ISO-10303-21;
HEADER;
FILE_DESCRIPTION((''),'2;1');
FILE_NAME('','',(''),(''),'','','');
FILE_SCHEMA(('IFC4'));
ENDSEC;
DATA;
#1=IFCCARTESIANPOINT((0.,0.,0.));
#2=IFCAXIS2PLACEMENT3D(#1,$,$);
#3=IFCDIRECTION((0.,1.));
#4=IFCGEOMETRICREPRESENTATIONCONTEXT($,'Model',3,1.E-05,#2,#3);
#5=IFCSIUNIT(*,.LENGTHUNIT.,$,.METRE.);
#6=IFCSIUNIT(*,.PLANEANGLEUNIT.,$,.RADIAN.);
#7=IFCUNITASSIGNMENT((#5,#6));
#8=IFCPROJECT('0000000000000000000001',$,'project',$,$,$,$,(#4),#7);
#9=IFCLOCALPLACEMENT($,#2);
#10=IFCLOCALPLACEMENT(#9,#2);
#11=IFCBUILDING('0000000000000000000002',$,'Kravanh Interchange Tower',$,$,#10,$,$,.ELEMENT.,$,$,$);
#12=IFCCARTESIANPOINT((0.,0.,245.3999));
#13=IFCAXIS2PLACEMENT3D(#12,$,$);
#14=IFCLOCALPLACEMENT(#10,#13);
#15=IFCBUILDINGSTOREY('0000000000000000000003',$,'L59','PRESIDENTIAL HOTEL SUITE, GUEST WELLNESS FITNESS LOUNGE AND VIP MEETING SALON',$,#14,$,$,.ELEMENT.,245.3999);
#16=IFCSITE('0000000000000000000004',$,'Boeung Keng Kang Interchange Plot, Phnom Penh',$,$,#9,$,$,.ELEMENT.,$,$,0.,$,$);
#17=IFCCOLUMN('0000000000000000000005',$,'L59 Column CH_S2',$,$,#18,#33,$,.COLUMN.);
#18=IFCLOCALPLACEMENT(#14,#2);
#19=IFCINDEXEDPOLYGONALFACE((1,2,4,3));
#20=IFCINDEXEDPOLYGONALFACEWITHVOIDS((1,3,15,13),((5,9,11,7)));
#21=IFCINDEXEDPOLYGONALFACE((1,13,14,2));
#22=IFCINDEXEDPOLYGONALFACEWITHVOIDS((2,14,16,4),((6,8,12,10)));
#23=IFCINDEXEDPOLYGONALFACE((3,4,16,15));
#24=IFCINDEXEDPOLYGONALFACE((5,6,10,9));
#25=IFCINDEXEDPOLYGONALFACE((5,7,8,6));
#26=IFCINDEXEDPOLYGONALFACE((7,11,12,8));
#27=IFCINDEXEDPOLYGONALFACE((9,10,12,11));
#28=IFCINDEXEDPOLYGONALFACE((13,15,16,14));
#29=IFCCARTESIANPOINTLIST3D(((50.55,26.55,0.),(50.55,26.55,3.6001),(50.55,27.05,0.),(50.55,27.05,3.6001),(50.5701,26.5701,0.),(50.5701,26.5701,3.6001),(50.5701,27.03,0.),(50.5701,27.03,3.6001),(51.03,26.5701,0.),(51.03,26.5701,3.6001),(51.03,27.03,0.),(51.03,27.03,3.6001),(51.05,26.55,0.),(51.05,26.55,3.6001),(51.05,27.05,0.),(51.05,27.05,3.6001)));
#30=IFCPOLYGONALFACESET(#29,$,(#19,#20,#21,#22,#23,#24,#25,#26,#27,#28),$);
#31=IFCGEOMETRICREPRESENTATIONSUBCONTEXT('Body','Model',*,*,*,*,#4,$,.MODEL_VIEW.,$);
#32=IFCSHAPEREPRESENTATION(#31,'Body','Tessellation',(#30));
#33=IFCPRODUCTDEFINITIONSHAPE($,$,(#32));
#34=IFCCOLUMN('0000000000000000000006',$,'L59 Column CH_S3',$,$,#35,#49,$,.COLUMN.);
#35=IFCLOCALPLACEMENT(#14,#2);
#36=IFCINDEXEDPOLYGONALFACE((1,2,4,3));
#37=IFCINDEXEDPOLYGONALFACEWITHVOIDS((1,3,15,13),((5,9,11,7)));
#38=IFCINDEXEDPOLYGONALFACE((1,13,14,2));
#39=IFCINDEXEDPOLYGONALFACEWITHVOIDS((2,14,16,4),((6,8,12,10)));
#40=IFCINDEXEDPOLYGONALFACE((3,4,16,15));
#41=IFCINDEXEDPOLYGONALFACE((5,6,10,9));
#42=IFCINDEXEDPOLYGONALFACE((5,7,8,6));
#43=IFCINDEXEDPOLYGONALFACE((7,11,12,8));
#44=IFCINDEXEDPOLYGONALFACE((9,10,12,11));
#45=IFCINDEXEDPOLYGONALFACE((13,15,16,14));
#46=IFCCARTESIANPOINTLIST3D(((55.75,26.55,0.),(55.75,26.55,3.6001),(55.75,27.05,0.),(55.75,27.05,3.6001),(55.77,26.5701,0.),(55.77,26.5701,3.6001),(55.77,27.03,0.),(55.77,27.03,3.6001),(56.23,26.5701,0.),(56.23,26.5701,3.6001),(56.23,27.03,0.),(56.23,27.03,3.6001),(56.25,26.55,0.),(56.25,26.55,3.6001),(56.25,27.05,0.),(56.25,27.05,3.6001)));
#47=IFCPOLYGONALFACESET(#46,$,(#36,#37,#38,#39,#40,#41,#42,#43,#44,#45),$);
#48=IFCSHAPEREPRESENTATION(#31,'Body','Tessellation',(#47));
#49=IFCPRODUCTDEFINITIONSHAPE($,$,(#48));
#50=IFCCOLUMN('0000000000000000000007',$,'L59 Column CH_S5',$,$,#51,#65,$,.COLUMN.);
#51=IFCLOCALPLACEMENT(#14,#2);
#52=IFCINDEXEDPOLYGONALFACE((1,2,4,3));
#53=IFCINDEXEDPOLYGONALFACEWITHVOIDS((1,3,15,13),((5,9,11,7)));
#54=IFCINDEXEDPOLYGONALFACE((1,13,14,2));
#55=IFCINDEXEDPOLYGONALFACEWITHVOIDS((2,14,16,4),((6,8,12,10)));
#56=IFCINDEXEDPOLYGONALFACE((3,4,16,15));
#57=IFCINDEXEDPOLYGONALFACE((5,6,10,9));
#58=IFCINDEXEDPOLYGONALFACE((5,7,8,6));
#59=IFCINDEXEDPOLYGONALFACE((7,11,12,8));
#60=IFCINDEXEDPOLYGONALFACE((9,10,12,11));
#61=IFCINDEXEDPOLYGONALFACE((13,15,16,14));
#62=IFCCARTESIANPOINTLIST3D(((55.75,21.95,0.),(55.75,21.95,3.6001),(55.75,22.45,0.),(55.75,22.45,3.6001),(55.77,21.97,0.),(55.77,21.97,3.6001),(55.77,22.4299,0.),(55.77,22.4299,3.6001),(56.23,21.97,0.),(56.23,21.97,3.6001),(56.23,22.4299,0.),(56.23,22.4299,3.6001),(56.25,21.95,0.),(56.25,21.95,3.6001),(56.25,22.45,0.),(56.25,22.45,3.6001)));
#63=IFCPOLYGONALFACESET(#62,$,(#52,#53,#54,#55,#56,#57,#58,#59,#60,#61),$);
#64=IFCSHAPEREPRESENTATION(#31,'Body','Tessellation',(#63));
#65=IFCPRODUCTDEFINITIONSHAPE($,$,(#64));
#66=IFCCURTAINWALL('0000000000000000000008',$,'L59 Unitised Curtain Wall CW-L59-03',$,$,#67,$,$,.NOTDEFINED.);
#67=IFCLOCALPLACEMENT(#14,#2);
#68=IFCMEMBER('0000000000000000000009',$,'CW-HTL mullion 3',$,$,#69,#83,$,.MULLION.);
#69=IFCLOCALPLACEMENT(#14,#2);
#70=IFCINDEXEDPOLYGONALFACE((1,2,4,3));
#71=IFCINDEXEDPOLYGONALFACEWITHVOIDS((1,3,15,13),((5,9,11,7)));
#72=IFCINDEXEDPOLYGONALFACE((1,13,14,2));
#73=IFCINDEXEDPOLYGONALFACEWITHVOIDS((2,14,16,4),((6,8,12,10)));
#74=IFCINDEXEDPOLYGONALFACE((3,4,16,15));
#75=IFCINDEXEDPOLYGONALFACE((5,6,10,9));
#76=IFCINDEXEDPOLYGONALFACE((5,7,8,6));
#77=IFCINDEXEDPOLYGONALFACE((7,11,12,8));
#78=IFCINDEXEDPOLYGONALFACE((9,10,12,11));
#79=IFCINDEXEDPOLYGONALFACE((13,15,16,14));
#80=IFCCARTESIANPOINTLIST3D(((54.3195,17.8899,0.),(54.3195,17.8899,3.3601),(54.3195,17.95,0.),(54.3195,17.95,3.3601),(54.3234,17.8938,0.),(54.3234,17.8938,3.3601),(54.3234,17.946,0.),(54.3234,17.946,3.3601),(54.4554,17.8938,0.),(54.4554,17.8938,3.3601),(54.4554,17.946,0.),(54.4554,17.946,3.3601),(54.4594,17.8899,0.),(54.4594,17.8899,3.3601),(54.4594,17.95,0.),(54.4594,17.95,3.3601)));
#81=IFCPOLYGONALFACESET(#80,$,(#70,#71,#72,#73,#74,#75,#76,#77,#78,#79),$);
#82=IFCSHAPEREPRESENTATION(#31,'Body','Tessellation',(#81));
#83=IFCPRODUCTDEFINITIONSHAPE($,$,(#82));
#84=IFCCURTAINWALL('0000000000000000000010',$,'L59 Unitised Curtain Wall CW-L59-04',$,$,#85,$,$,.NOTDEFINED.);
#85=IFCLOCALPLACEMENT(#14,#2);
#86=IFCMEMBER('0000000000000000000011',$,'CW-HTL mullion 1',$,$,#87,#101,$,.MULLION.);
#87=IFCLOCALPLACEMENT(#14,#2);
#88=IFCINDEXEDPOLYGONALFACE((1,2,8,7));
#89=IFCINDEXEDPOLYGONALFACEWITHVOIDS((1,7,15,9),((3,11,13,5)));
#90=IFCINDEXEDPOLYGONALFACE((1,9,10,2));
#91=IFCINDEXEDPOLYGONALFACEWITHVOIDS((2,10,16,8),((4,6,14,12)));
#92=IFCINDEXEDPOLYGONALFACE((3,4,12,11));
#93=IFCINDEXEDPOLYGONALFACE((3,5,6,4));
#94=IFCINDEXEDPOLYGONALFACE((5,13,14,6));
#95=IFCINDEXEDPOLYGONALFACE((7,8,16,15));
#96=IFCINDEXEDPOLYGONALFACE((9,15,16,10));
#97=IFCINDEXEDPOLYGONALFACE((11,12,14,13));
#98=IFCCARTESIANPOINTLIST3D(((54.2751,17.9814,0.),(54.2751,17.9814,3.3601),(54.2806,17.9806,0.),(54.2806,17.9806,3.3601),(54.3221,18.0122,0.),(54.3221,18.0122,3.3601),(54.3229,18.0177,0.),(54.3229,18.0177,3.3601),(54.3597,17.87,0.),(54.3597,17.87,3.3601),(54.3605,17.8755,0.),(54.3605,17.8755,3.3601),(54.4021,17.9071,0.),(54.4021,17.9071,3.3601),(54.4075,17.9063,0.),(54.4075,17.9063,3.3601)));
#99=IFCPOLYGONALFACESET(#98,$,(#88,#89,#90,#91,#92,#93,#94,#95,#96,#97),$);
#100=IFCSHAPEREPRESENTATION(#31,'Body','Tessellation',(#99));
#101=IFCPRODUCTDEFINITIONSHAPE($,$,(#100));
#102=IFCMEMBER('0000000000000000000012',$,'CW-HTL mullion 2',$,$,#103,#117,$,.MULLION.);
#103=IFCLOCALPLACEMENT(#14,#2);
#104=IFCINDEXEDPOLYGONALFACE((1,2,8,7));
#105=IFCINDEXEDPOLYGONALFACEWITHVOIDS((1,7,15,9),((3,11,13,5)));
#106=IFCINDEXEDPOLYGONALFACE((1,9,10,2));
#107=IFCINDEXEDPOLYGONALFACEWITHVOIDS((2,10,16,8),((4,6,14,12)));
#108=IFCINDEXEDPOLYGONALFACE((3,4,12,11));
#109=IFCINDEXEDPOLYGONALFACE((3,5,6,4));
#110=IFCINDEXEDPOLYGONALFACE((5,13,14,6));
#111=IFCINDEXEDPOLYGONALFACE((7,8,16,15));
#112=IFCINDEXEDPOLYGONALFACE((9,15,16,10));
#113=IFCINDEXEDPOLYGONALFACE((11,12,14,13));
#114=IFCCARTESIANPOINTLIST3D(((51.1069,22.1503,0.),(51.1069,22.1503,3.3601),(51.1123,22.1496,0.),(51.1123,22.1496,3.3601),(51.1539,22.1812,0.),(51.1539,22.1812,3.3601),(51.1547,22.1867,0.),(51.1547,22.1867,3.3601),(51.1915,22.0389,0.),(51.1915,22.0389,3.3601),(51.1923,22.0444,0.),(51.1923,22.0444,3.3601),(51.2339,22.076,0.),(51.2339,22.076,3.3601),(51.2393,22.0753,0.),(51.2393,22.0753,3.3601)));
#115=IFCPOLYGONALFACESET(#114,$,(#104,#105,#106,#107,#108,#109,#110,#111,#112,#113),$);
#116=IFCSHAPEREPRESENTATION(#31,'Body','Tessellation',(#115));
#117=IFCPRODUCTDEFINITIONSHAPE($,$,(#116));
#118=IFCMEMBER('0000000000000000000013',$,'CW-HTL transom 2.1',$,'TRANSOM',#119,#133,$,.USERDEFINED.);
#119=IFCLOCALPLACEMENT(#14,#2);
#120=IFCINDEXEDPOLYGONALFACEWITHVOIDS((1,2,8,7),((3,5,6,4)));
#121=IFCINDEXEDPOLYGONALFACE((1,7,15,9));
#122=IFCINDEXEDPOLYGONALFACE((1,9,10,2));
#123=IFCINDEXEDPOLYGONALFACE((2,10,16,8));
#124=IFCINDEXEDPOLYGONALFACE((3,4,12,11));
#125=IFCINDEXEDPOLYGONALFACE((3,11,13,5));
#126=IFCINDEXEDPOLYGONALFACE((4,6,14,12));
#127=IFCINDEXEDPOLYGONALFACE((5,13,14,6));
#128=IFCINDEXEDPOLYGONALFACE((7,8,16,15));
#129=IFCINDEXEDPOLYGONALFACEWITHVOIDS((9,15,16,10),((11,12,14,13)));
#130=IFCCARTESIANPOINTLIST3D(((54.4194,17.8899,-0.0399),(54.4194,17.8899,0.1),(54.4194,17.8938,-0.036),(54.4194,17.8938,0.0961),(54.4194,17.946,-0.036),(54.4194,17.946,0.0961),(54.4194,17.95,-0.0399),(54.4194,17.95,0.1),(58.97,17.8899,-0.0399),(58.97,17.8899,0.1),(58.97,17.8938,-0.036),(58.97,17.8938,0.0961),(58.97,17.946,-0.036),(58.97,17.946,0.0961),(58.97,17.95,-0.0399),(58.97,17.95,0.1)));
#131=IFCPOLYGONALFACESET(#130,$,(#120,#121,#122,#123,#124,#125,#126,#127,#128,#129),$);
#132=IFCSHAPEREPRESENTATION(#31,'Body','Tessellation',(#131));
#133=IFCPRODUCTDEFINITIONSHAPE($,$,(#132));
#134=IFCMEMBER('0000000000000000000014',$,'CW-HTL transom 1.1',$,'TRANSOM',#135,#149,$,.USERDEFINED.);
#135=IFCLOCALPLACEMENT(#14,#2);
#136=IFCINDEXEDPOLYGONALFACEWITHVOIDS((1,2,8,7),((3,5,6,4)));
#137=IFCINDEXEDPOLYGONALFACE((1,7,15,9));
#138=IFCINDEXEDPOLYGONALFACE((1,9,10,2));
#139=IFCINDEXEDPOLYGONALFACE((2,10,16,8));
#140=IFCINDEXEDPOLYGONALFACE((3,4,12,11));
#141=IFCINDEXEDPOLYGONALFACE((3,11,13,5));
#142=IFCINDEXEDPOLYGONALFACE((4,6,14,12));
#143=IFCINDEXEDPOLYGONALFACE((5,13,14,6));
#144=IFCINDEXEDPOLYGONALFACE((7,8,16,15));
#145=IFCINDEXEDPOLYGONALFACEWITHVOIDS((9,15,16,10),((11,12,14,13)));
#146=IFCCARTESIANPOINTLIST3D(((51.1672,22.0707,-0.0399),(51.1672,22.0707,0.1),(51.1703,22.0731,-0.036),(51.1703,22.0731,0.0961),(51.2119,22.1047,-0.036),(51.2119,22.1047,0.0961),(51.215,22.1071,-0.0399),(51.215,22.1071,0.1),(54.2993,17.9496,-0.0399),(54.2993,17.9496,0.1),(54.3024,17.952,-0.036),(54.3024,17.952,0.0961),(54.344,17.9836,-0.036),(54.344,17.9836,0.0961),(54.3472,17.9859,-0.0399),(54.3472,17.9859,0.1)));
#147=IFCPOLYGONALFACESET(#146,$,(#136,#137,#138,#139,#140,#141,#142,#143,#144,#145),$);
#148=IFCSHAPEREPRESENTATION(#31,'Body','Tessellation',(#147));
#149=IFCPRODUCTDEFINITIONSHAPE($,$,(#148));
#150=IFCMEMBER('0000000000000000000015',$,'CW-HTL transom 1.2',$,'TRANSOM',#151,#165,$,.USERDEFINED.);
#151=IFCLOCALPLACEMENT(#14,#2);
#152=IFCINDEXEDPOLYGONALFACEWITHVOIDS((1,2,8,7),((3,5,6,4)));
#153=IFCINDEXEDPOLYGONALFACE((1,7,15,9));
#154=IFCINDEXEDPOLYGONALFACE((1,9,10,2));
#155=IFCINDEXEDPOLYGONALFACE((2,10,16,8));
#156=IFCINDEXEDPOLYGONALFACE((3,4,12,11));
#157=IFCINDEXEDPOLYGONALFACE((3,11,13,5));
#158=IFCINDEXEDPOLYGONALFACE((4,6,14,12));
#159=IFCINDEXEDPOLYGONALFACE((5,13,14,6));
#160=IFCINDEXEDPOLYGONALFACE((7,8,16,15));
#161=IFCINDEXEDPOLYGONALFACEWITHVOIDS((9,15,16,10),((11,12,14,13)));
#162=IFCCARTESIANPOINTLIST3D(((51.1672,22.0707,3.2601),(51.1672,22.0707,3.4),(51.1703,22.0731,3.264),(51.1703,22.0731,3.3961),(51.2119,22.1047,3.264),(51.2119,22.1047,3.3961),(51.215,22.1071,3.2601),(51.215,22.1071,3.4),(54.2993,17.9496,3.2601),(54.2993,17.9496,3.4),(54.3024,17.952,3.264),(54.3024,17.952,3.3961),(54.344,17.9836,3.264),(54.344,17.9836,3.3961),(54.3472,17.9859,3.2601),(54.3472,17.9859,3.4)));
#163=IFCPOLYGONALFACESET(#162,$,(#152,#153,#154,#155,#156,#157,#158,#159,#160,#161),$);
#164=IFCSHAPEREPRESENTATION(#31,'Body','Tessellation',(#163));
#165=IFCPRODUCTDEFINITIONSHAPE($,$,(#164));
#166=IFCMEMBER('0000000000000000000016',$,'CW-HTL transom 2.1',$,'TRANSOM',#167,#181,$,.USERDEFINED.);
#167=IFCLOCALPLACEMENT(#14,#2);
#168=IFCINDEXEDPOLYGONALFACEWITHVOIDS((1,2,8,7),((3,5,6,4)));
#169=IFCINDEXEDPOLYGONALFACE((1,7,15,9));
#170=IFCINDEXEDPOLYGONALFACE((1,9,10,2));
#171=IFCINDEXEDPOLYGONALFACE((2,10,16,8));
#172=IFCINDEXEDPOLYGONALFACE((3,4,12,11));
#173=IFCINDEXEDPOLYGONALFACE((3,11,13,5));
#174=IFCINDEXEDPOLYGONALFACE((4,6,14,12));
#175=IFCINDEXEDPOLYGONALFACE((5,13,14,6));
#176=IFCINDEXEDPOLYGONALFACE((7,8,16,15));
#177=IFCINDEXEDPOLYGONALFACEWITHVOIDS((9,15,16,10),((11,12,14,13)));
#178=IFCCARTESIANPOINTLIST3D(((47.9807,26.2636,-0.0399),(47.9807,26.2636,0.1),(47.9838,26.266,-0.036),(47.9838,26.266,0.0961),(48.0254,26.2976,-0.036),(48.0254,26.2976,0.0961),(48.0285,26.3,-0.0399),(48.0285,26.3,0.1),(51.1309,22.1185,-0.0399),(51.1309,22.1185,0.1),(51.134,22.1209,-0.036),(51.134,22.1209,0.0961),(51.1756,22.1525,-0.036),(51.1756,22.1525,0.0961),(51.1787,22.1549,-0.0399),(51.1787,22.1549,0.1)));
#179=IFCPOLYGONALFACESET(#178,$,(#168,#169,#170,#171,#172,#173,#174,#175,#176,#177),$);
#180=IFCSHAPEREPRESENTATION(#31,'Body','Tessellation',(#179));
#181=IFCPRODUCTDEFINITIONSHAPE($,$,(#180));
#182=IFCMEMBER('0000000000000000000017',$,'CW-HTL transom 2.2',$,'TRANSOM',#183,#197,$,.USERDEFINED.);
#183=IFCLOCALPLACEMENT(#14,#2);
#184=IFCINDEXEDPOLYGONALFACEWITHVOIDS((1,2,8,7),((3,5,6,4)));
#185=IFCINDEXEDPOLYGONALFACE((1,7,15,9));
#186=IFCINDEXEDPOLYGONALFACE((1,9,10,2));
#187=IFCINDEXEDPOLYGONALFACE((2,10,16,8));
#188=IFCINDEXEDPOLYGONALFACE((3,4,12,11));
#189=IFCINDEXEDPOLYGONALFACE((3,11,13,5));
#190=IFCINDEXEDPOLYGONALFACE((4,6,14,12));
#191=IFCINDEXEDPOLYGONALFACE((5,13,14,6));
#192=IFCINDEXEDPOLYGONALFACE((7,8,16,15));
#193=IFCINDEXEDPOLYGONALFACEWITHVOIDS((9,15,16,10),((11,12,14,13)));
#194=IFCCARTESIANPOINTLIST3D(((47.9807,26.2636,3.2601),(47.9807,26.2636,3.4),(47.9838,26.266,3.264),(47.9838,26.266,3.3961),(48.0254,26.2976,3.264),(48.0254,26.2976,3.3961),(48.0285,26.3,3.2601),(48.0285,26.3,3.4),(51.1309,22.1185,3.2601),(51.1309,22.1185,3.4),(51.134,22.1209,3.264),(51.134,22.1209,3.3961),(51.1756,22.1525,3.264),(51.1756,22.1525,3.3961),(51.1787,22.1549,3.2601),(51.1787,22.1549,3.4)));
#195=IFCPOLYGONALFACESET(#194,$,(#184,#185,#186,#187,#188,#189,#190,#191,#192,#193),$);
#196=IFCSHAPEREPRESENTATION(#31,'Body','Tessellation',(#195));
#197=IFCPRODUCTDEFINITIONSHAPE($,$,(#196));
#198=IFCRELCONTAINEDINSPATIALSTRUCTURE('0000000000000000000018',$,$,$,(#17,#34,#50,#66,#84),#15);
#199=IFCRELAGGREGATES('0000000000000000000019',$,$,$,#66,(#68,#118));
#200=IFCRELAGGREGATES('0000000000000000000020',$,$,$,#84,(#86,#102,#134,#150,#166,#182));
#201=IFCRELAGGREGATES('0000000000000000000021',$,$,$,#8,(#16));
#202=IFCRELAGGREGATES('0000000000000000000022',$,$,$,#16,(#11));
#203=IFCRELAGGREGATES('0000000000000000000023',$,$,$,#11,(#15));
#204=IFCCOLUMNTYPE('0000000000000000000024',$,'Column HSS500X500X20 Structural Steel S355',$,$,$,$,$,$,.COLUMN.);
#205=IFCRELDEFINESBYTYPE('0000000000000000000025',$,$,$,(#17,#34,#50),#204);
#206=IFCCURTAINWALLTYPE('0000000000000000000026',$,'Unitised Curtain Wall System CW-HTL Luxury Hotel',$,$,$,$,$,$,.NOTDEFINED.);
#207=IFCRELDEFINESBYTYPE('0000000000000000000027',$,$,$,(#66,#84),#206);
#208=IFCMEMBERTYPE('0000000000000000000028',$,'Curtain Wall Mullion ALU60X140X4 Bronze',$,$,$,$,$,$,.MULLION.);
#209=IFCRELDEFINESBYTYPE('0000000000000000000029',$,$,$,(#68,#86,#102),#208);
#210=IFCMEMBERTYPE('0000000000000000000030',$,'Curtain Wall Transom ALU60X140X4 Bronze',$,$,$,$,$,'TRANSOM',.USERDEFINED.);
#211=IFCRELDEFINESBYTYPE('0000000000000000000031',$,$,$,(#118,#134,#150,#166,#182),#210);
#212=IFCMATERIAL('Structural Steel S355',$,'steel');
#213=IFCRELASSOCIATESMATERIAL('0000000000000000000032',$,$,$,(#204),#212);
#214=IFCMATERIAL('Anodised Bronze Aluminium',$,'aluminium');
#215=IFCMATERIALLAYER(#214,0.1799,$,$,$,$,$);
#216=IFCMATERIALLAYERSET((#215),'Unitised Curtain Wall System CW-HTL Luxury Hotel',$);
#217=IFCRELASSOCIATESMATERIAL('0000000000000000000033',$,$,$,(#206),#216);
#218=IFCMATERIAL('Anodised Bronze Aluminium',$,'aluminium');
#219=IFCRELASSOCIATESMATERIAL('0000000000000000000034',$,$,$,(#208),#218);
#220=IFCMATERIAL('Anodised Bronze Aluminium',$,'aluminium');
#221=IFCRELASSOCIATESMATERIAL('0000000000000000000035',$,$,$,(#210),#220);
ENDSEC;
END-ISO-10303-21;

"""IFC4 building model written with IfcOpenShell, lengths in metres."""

from ifc_helpers import new_model, si_unit, direction, frame, origin, origin_2d, place, context, subcontext, project, spatial, hollow_rectangle, extrude, material, layer, layer_set, material_profile, profile_set, type_object, element, aggregate, save


model = new_model("IFC4")

# Units and contexts
model_context = context("Model", 3, precision=1e-05, world=origin(), true_north=direction((0.0, 1.0)))
body_context = subcontext(model_context, "Body", "Model", "MODEL_VIEW")
ifc_project = project(units=[si_unit("LENGTHUNIT", "METRE"), si_unit("PLANEANGLEUNIT", "RADIAN")], contexts=[model_context])

# Site, building, storey
site_placement = place(None, origin())
site = spatial("IfcSite", under=ifc_project, at=site_placement, Name="Boeung Keng Kang Interchange Plot, Phnom Penh", CompositionType="ELEMENT", RefElevation=0.0)
building_placement = place(site_placement, origin())
building = spatial("IfcBuilding", under=site, at=building_placement, Name="Kravanh Interchange Tower", CompositionType="ELEMENT")
storey_placement = place(building_placement, frame((0.0, 0.0, 245.3999)))
storey = spatial("IfcBuildingStorey", under=building, at=storey_placement, Name="L59", Description="PRESIDENTIAL HOTEL SUITE, GUEST WELLNESS FITNESS LOUNGE AND VIP MEETING SALON", CompositionType="ELEMENT", Elevation=245.3999)

# Columns
ifc_material_1 = material(Name="Structural Steel S355", Category="steel")
ifc_material_profile_1 = material_profile(ifc_material_1, hollow_rectangle(XDim=0.5, YDim=0.5, WallThickness=0.02, at=origin_2d()), Name="HSS500X500X20")
ifc_profile_set_1 = profile_set([ifc_material_profile_1], Name="Structural Steel S355")
column_type = type_object("IfcColumnType", Name="Column HSS500X500X20 Structural Steel S355", PredefinedType="COLUMN", material=ifc_profile_set_1)
for number, where, z_axis, x_axis, name in (
    (1, (50.8, 26.8, 0.0), (0.0, 0.0, 1.0), (1.0, 0.0, 0.0), "L59 Column CH_S2"),
    (2, (56.0, 26.8, 0.0), (0.0, 0.0, 1.0), (1.0, 0.0, 0.0), "L59 Column CH_S3"),
    (3, (56.0, 22.2, 0.0), (0.0, 0.0, 1.0), (1.0, 0.0, 0.0), "L59 Column CH_S5"),
):
    element("IfcColumn", number, at=place(storey_placement, frame(where, z_axis=z_axis, x_axis=x_axis)), inside=storey, type_object=column_type, Name=name, PredefinedType="COLUMN", context=body_context, shape_type="SweptSolid", body=[
        extrude(hollow_rectangle(XDim=0.5, YDim=0.5, WallThickness=0.02, at=origin_2d()), origin(), (0.0, 0.0, 1.0), 3.6001),
    ])

# Curtain wall, member
ifc_material_2 = material(Name="Anodised Bronze Aluminium", Category="aluminium")
ifc_layer_1 = layer(ifc_material_2, 0.1799)
ifc_layer_set_1 = layer_set([ifc_layer_1], Name="Unitised Curtain Wall System CW-HTL Luxury Hotel")
curtain_wall_type = type_object("IfcCurtainWallType", Name="Unitised Curtain Wall System CW-HTL Luxury Hotel", PredefinedType="NOTDEFINED", material=ifc_layer_set_1)
curtain_wall_1_placement = place(storey_placement, origin())
curtain_wall_1 = element("IfcCurtainWall", 4, at=curtain_wall_1_placement, inside=storey, type_object=curtain_wall_type, Name="L59 Unitised Curtain Wall CW-L59-03", PredefinedType="NOTDEFINED")
ifc_material_3 = material(Name="Anodised Bronze Aluminium", Category="aluminium")
ifc_material_profile_2 = material_profile(ifc_material_3, hollow_rectangle(XDim=0.0601, YDim=0.1399, WallThickness=0.0039, at=origin_2d()), Name="ALU60X140X4")
ifc_profile_set_2 = profile_set([ifc_material_profile_2], Name="Anodised Bronze Aluminium")
member_type_1 = type_object("IfcMemberType", Name="Curtain Wall Mullion ALU60X140X4 Bronze", PredefinedType="MULLION", material=ifc_profile_set_2)
member_1_placement = place(storey_placement, frame((54.3894, 17.9199, 0.0), z_axis=(0.0, 0.0, 1.0), x_axis=(0.0, -1.0, 0.0)))
member_1 = element("IfcMember", 5, at=member_1_placement, type_object=member_type_1, Name="CW-HTL mullion 3", PredefinedType="MULLION", context=body_context, shape_type="SweptSolid", body=[
    extrude(hollow_rectangle(XDim=0.0601, YDim=0.1399, WallThickness=0.0039, at=origin_2d()), origin(), (0.0, 0.0, 1.0), 3.3601),
])

# Curtain wall, members
curtain_wall_2_placement = place(storey_placement, origin())
curtain_wall_2 = element("IfcCurtainWall", 6, at=curtain_wall_2_placement, inside=storey, type_object=curtain_wall_type, Name="L59 Unitised Curtain Wall CW-L59-04", PredefinedType="NOTDEFINED")
member_2_placement = place(storey_placement, frame((54.3413, 17.9438, 0.0), z_axis=(0.0, 0.0, 1.0), x_axis=(-0.796162, -0.605083, 0.0)))
member_2 = element("IfcMember", 7, at=member_2_placement, type_object=member_type_1, Name="CW-HTL mullion 1", PredefinedType="MULLION", context=body_context, shape_type="SweptSolid", body=[
    extrude(hollow_rectangle(XDim=0.0601, YDim=0.1399, WallThickness=0.0039, at=origin_2d()), origin(), (0.0, 0.0, 1.0), 3.3601),
])
member_3_placement = place(storey_placement, frame((51.1731, 22.1128, 0.0), z_axis=(0.0, 0.0, 1.0), x_axis=(-0.796162, -0.605083, 0.0)))
member_3 = element("IfcMember", 8, at=member_3_placement, type_object=member_type_1, Name="CW-HTL mullion 2", PredefinedType="MULLION", context=body_context, shape_type="SweptSolid", body=[
    extrude(hollow_rectangle(XDim=0.0601, YDim=0.1399, WallThickness=0.0039, at=origin_2d()), origin(), (0.0, 0.0, 1.0), 3.3601),
])

# Members
ifc_material_4 = material(Name="Anodised Bronze Aluminium", Category="aluminium")
ifc_material_profile_3 = material_profile(ifc_material_4, hollow_rectangle(XDim=0.0601, YDim=0.1399, WallThickness=0.0039, at=origin_2d()), Name="ALU60X140X4")
ifc_profile_set_3 = profile_set([ifc_material_profile_3], Name="Anodised Bronze Aluminium")
member_type_2 = type_object("IfcMemberType", Name="Curtain Wall Transom ALU60X140X4 Bronze", ElementType="TRANSOM", PredefinedType="USERDEFINED", material=ifc_profile_set_3)
member_4_placement = place(storey_placement, frame((58.97, 17.9199, 0.03), z_axis=(-1.0, 0.0, 0.0), x_axis=(0.0, -1.0, 0.0)))
member_4 = element("IfcMember", 9, at=member_4_placement, type_object=member_type_2, Name="CW-HTL transom 2.1", ObjectType="TRANSOM", PredefinedType="USERDEFINED", context=body_context, shape_type="SweptSolid", body=[
    extrude(hollow_rectangle(XDim=0.0601, YDim=0.1399, WallThickness=0.0039, at=origin_2d()), origin(), (0.0, 0.0, 1.0), 4.5505),
])
member_5_placement = place(storey_placement, frame((54.3232, 17.9678, 0.03), z_axis=(-0.605089, 0.796158, 0.0), x_axis=(-0.796158, -0.605089, 0.0)))
member_5 = element("IfcMember", 10, at=member_5_placement, type_object=member_type_2, Name="CW-HTL transom 1.1", ObjectType="TRANSOM", PredefinedType="USERDEFINED", context=body_context, shape_type="SweptSolid", body=[
    extrude(hollow_rectangle(XDim=0.0601, YDim=0.1399, WallThickness=0.0039, at=origin_2d()), origin(), (0.0, 0.0, 1.0), 5.1763),
])
member_6_placement = place(storey_placement, frame((54.3232, 17.9678, 3.3301), z_axis=(-0.605089, 0.796158, 0.0), x_axis=(-0.796158, -0.605089, 0.0)))
member_6 = element("IfcMember", 11, at=member_6_placement, type_object=member_type_2, Name="CW-HTL transom 1.2", ObjectType="TRANSOM", PredefinedType="USERDEFINED", context=body_context, shape_type="SweptSolid", body=[
    extrude(hollow_rectangle(XDim=0.0601, YDim=0.1399, WallThickness=0.0039, at=origin_2d()), origin(), (0.0, 0.0, 1.0), 5.1763),
])
member_7_placement = place(storey_placement, frame((51.1548, 22.1367, 0.03), z_axis=(-0.605075, 0.796169, 0.0), x_axis=(-0.796169, -0.605075, 0.0)))
member_7 = element("IfcMember", 12, at=member_7_placement, type_object=member_type_2, Name="CW-HTL transom 2.1", ObjectType="TRANSOM", PredefinedType="USERDEFINED", context=body_context, shape_type="SweptSolid", body=[
    extrude(hollow_rectangle(XDim=0.0601, YDim=0.1399, WallThickness=0.0039, at=origin_2d()), origin(), (0.0, 0.0, 1.0), 5.2063),
])
member_8_placement = place(storey_placement, frame((51.1548, 22.1367, 3.3301), z_axis=(-0.605075, 0.796169, 0.0), x_axis=(-0.796169, -0.605075, 0.0)))
member_8 = element("IfcMember", 13, at=member_8_placement, type_object=member_type_2, Name="CW-HTL transom 2.2", ObjectType="TRANSOM", PredefinedType="USERDEFINED", context=body_context, shape_type="SweptSolid", body=[
    extrude(hollow_rectangle(XDim=0.0601, YDim=0.1399, WallThickness=0.0039, at=origin_2d()), origin(), (0.0, 0.0, 1.0), 5.2063),
])

aggregate(curtain_wall_1, [member_1, member_4])
aggregate(curtain_wall_2, [member_2, member_3, member_5, member_6, member_7, member_8])

save(model, "model.ifc")
